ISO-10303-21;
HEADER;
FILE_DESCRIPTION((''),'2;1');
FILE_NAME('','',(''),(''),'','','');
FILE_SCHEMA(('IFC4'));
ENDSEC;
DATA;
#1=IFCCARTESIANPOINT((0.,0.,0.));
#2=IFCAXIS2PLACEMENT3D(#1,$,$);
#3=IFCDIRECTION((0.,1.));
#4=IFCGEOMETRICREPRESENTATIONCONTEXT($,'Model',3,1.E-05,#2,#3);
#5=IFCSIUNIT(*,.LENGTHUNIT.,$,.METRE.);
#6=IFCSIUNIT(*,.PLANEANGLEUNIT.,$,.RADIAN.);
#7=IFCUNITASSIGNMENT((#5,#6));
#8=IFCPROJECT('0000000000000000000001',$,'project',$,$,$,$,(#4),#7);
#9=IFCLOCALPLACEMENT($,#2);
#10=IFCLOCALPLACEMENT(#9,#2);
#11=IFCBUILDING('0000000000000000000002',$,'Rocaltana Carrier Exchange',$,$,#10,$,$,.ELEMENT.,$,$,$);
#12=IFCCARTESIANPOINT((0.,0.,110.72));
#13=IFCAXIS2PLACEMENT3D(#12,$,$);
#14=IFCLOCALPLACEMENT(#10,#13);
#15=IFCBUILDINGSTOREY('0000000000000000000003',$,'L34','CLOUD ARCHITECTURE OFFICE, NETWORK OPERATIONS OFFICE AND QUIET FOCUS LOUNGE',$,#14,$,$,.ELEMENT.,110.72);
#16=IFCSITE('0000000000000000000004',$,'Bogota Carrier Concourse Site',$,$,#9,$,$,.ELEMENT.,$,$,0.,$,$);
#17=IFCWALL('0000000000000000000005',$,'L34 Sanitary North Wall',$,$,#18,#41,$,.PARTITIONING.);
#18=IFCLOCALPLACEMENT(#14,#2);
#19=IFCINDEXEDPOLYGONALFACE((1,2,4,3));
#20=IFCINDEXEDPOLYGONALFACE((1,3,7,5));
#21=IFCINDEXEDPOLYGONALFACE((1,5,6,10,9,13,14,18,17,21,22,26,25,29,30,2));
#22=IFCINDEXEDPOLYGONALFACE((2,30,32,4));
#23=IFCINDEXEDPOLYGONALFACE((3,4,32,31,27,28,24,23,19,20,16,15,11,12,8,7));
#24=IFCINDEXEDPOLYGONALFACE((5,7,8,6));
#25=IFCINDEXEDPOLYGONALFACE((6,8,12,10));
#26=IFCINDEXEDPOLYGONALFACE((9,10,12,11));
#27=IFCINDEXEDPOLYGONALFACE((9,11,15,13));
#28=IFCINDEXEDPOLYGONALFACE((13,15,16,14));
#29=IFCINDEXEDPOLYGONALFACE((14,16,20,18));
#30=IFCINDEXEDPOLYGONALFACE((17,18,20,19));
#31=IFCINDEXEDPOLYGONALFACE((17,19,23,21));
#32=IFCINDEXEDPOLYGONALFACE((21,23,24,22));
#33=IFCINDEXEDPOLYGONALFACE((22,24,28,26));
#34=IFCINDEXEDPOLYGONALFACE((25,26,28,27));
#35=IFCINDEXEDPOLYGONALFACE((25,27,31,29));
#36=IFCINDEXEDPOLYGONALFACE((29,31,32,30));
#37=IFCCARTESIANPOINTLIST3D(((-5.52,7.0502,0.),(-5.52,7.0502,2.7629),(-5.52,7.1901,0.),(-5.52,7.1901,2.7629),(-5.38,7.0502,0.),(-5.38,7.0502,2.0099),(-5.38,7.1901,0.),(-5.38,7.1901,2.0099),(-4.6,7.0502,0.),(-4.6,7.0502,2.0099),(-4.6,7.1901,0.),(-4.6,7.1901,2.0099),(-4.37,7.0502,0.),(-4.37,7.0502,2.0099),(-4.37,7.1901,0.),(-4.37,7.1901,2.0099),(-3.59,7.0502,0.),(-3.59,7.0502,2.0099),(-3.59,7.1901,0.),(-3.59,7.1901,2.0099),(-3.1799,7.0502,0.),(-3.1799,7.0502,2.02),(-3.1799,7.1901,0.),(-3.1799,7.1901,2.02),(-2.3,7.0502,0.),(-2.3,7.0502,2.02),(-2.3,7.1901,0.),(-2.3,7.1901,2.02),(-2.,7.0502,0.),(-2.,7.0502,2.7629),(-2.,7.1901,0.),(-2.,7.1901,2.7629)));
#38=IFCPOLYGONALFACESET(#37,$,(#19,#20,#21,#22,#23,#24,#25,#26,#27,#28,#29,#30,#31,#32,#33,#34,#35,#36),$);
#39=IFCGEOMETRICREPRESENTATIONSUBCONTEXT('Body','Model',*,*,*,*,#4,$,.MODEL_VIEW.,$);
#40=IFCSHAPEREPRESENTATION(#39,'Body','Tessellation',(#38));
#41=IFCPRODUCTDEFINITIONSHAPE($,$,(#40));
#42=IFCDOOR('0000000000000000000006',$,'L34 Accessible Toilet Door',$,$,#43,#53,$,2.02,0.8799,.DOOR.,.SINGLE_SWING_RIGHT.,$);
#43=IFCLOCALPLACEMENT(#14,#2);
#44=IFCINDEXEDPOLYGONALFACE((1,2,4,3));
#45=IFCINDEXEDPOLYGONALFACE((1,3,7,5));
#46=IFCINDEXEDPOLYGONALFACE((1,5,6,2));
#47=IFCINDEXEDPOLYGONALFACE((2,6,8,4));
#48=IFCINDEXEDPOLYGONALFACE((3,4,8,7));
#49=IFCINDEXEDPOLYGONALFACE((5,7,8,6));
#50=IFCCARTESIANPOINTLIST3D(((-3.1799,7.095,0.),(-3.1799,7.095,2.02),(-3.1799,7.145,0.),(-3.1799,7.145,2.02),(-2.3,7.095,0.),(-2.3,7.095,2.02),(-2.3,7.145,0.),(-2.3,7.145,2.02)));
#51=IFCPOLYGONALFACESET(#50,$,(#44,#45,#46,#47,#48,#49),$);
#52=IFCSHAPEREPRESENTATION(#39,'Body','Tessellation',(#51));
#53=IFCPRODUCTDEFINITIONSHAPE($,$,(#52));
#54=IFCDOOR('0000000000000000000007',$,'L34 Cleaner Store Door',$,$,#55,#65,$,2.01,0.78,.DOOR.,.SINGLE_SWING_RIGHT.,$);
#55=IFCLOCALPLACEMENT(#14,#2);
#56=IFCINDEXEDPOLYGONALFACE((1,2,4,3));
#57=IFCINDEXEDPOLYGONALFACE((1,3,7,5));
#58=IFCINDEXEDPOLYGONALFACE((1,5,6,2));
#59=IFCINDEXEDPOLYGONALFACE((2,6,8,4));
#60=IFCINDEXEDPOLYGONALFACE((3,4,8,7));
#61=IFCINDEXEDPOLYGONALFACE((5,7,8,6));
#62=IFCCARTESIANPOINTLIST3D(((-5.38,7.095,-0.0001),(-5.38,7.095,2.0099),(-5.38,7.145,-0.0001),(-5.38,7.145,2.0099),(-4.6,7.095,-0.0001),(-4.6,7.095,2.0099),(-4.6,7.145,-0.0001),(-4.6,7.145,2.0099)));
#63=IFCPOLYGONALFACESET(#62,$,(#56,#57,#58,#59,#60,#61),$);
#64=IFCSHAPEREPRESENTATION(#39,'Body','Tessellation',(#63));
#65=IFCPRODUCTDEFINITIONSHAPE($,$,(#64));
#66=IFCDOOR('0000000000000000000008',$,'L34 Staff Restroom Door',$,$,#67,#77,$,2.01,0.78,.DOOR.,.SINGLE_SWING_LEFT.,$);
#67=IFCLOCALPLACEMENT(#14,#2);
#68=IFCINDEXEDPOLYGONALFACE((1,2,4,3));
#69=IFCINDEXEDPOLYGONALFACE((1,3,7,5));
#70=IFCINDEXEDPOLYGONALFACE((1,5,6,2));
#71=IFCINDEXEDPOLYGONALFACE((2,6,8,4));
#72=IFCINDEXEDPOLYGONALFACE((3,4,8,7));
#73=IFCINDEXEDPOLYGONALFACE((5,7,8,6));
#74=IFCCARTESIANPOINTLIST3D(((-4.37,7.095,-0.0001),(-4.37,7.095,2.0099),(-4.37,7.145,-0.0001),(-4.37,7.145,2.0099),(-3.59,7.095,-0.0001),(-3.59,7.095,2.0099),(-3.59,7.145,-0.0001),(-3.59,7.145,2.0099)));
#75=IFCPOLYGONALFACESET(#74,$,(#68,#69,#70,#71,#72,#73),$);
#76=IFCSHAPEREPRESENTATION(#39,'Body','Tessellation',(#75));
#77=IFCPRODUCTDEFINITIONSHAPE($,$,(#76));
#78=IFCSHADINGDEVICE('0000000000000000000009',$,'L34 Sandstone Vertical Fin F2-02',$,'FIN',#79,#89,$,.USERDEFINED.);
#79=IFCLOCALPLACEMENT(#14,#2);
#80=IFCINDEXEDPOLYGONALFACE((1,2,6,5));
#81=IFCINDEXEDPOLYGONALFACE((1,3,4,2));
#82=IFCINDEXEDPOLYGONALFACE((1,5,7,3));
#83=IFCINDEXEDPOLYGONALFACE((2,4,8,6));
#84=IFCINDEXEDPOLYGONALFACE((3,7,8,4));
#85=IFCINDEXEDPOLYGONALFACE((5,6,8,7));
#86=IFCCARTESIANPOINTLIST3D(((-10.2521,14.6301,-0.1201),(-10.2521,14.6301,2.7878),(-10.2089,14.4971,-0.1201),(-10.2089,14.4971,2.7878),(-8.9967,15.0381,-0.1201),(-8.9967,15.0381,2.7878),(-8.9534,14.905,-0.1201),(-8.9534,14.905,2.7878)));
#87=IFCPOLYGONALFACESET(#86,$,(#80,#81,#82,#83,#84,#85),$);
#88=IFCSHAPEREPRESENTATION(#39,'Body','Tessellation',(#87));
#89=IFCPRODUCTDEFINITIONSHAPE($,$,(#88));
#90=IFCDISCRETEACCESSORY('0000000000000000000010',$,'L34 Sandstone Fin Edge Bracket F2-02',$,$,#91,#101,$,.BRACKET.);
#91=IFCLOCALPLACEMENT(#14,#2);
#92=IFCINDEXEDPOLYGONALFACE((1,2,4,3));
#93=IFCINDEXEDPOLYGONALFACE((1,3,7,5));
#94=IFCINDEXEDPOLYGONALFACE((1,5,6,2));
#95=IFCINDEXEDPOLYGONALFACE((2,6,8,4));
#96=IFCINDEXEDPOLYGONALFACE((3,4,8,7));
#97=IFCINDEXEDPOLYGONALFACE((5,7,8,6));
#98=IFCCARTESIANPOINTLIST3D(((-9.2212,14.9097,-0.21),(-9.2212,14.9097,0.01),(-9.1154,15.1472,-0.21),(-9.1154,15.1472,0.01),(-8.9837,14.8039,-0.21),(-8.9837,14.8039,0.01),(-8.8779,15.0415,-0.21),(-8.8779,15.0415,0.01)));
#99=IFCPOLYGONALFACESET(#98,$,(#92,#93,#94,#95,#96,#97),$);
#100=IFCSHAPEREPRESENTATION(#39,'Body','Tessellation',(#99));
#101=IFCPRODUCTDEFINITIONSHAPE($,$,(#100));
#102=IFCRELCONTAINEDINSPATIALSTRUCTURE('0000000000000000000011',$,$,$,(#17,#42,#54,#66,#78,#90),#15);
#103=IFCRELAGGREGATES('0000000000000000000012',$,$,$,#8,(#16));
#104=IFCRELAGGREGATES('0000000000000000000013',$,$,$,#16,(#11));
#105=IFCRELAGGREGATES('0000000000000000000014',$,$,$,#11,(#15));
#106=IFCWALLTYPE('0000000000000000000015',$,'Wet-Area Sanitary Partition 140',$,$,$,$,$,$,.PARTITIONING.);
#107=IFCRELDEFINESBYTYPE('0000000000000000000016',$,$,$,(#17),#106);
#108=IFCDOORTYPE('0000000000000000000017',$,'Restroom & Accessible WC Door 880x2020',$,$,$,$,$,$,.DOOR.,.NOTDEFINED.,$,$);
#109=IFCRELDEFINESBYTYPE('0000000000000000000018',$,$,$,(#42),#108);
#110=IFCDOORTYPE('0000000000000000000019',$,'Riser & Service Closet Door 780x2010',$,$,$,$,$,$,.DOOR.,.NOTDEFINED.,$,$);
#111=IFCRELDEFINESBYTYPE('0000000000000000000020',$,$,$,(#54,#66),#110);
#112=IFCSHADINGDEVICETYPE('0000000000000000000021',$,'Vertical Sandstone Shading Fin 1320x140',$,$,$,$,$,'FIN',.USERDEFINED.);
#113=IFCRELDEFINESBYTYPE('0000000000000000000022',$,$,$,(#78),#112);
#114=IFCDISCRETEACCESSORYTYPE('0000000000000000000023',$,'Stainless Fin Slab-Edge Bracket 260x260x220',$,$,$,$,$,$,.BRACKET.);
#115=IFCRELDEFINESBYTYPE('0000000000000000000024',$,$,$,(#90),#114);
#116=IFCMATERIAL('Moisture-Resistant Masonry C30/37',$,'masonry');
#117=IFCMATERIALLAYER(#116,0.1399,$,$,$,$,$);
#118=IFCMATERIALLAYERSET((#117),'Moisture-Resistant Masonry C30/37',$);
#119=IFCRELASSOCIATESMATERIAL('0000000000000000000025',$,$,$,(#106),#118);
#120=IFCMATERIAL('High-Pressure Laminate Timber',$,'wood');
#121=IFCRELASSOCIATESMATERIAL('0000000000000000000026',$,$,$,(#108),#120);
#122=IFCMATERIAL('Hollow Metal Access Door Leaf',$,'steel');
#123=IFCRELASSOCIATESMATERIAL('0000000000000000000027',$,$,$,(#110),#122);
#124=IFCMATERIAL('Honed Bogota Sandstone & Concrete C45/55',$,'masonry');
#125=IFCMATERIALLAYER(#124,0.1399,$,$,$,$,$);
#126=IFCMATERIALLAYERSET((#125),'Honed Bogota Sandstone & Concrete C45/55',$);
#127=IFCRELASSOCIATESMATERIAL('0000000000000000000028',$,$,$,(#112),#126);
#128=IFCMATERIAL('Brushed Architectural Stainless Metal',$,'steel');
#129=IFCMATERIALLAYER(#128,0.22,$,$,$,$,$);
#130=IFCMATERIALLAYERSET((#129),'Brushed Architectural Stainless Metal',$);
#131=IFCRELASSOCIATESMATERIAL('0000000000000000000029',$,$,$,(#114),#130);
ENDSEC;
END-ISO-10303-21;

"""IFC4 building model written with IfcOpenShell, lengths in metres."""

from ifc_helpers import new_model, si_unit, direction, frame, frame_2d, origin, origin_2d, place, context, subcontext, project, spatial, rectangle, extrude, material, layer, layer_set, type_object, element, fill, save


model = new_model("IFC4")

# Units and contexts
model_context = context("Model", 3, precision=1e-05, world=origin(), true_north=direction((0.0, 1.0)))
body_context = subcontext(model_context, "Body", "Model", "MODEL_VIEW")
ifc_project = project(units=[si_unit("LENGTHUNIT", "METRE"), si_unit("PLANEANGLEUNIT", "RADIAN")], contexts=[model_context])

# Site, building, storey
site_placement = place(None, origin())
site = spatial("IfcSite", under=ifc_project, at=site_placement, Name="Bogota Carrier Concourse Site", CompositionType="ELEMENT", RefElevation=0.0)
building_placement = place(site_placement, origin())
building = spatial("IfcBuilding", under=site, at=building_placement, Name="Rocaltana Carrier Exchange", CompositionType="ELEMENT")
storey_placement = place(building_placement, frame((0.0, 0.0, 110.72)))
storey = spatial("IfcBuildingStorey", under=building, at=storey_placement, Name="L34", Description="CLOUD ARCHITECTURE OFFICE, NETWORK OPERATIONS OFFICE AND QUIET FOCUS LOUNGE", CompositionType="ELEMENT", Elevation=110.72)

# Wall, openings, doors
ifc_material_1 = material(Name="Moisture-Resistant Masonry C30/37", Category="masonry")
ifc_layer_1 = layer(ifc_material_1, 0.1399)
ifc_layer_set_1 = layer_set([ifc_layer_1], Name="Moisture-Resistant Masonry C30/37")
wall_type_1 = type_object("IfcWallType", Name="Wet-Area Sanitary Partition 140", PredefinedType="PARTITIONING", material=ifc_layer_set_1)
wall_1_placement = place(storey_placement, frame((-5.52, 7.1201, 0.0), z_axis=(0.0, 0.0, 1.0), x_axis=(1.0, 0.0, 0.0)))
wall_1 = element("IfcWall", 1, at=wall_1_placement, inside=storey, type_object=wall_type_1, Name="L34 Sanitary North Wall", PredefinedType="PARTITIONING", context=body_context, shape_type="SweptSolid", body=[
    extrude(rectangle(XDim=3.52, YDim=0.1399, at=frame_2d((1.76, 0.0))), origin(), (0.0, 0.0, 1.0), 2.7629),
])
opening_1_placement = place(wall_1_placement, frame((0.1399, 0.0, 0.0)))
opening_1 = element("IfcOpeningElement", 2, at=opening_1_placement, cuts=wall_1, PredefinedType="OPENING", context=body_context, shape_type="SweptSolid", body=[
    extrude(rectangle(XDim=0.78, YDim=2.01, at=frame_2d((0.3901, 1.0049))), frame((0.0, 0.0798, 0.0), z_axis=(0.0, -1.0, 0.0), x_axis=(1.0, 0.0, 0.0)), (0.0, 0.0, 1.0), 0.1599),
])
opening_2_placement = place(wall_1_placement, frame((1.1499, 0.0, 0.0)))
opening_2 = element("IfcOpeningElement", 3, at=opening_2_placement, cuts=wall_1, PredefinedType="OPENING", context=body_context, shape_type="SweptSolid", body=[
    extrude(rectangle(XDim=0.78, YDim=2.01, at=frame_2d((0.3901, 1.0049))), frame((0.0, 0.0798, 0.0), z_axis=(0.0, -1.0, 0.0), x_axis=(1.0, 0.0, 0.0)), (0.0, 0.0, 1.0), 0.1599),
])
opening_3_placement = place(wall_1_placement, frame((2.3401, 0.0, 0.0)))
opening_3 = element("IfcOpeningElement", 4, at=opening_3_placement, cuts=wall_1, PredefinedType="OPENING", context=body_context, shape_type="SweptSolid", body=[
    extrude(rectangle(XDim=0.8799, YDim=2.02, at=frame_2d((0.4399, 1.01))), frame((0.0, 0.0798, 0.0), z_axis=(0.0, -1.0, 0.0), x_axis=(1.0, 0.0, 0.0)), (0.0, 0.0, 1.0), 0.1599),
])
ifc_material_2 = material(Name="High-Pressure Laminate Timber", Category="wood")
door_type_1 = type_object("IfcDoorType", Name="Restroom & Accessible WC Door 880x2020", OperationType="NOTDEFINED", PredefinedType="DOOR", material=ifc_material_2)
door_1_placement = place(opening_3_placement, origin())
door_1 = element("IfcDoor", 5, at=door_1_placement, inside=storey, type_object=door_type_1, Name="L34 Accessible Toilet Door", OperationType="SINGLE_SWING_RIGHT", OverallHeight=2.02, OverallWidth=0.8799, PredefinedType="DOOR", context=body_context, shape_type="SweptSolid", body=[
    extrude(rectangle(XDim=0.8799, YDim=2.02, at=frame_2d((0.4399, 1.01))), frame((0.0, 0.0249, 0.0), z_axis=(0.0, -1.0, 0.0), x_axis=(1.0, 0.0, 0.0)), (0.0, 0.0, 1.0), 0.05),
])
fill(opening_3, door_1)
ifc_material_3 = material(Name="Hollow Metal Access Door Leaf", Category="steel")
door_type_2 = type_object("IfcDoorType", Name="Riser & Service Closet Door 780x2010", OperationType="NOTDEFINED", PredefinedType="DOOR", material=ifc_material_3)
door_2_placement = place(opening_1_placement, origin())
door_2 = element("IfcDoor", 6, at=door_2_placement, inside=storey, type_object=door_type_2, Name="L34 Cleaner Store Door", OperationType="SINGLE_SWING_RIGHT", OverallHeight=2.01, OverallWidth=0.78, PredefinedType="DOOR", context=body_context, shape_type="SweptSolid", body=[
    extrude(rectangle(XDim=0.78, YDim=2.01, at=frame_2d((0.3901, 1.0049))), frame((0.0, 0.0249, 0.0), z_axis=(0.0, -1.0, 0.0), x_axis=(1.0, 0.0, 0.0)), (0.0, 0.0, 1.0), 0.05),
])
fill(opening_1, door_2)
door_3_placement = place(opening_2_placement, origin())
door_3 = element("IfcDoor", 7, at=door_3_placement, inside=storey, type_object=door_type_2, Name="L34 Staff Restroom Door", OperationType="SINGLE_SWING_LEFT", OverallHeight=2.01, OverallWidth=0.78, PredefinedType="DOOR", context=body_context, shape_type="SweptSolid", body=[
    extrude(rectangle(XDim=0.78, YDim=2.01, at=frame_2d((0.3901, 1.0049))), frame((0.0, 0.0249, 0.0), z_axis=(0.0, -1.0, 0.0), x_axis=(1.0, 0.0, 0.0)), (0.0, 0.0, 1.0), 0.05),
])
fill(opening_2, door_3)

# Shading device
ifc_material_4 = material(Name="Honed Bogota Sandstone & Concrete C45/55", Category="masonry")
ifc_layer_2 = layer(ifc_material_4, 0.1399)
ifc_layer_set_2 = layer_set([ifc_layer_2], Name="Honed Bogota Sandstone & Concrete C45/55")
shading_device_type = type_object("IfcShadingDeviceType", Name="Vertical Sandstone Shading Fin 1320x140", ElementType="FIN", PredefinedType="USERDEFINED", material=ifc_layer_set_2)
shading_device_placement = place(storey_placement, frame((-9.6028, 14.7676, -0.1201), z_axis=(0.0, 0.0, 1.0), x_axis=(-0.951057, -0.309017, 0.0)))
element("IfcShadingDevice", 8, at=shading_device_placement, inside=storey, type_object=shading_device_type, Name="L34 Sandstone Vertical Fin F2-02", ObjectType="FIN", PredefinedType="USERDEFINED", context=body_context, shape_type="SweptSolid", body=[
    extrude(rectangle(XDim=1.3201, YDim=0.1399, at=origin_2d()), origin(), (0.0, 0.0, 1.0), 2.908),
])

# Discrete accessory
ifc_material_5 = material(Name="Brushed Architectural Stainless Metal", Category="steel")
ifc_layer_3 = layer(ifc_material_5, 0.22)
ifc_layer_set_3 = layer_set([ifc_layer_3], Name="Brushed Architectural Stainless Metal")
discrete_accessory_type = type_object("IfcDiscreteAccessoryType", Name="Stainless Fin Slab-Edge Bracket 260x260x220", PredefinedType="BRACKET", material=ifc_layer_set_3)
discrete_accessory_placement = place(storey_placement, frame((-9.0496, 14.9756, -0.21), z_axis=(0.0, 0.0, 1.0), x_axis=(-0.406737, -0.913545, 0.0)))
element("IfcDiscreteAccessory", 9, at=discrete_accessory_placement, inside=storey, type_object=discrete_accessory_type, Name="L34 Sandstone Fin Edge Bracket F2-02", PredefinedType="BRACKET", context=body_context, shape_type="SweptSolid", body=[
    extrude(rectangle(XDim=0.26, YDim=0.26, at=origin_2d()), origin(), (0.0, 0.0, 1.0), 0.22),
])

save(model, "model.ifc")
